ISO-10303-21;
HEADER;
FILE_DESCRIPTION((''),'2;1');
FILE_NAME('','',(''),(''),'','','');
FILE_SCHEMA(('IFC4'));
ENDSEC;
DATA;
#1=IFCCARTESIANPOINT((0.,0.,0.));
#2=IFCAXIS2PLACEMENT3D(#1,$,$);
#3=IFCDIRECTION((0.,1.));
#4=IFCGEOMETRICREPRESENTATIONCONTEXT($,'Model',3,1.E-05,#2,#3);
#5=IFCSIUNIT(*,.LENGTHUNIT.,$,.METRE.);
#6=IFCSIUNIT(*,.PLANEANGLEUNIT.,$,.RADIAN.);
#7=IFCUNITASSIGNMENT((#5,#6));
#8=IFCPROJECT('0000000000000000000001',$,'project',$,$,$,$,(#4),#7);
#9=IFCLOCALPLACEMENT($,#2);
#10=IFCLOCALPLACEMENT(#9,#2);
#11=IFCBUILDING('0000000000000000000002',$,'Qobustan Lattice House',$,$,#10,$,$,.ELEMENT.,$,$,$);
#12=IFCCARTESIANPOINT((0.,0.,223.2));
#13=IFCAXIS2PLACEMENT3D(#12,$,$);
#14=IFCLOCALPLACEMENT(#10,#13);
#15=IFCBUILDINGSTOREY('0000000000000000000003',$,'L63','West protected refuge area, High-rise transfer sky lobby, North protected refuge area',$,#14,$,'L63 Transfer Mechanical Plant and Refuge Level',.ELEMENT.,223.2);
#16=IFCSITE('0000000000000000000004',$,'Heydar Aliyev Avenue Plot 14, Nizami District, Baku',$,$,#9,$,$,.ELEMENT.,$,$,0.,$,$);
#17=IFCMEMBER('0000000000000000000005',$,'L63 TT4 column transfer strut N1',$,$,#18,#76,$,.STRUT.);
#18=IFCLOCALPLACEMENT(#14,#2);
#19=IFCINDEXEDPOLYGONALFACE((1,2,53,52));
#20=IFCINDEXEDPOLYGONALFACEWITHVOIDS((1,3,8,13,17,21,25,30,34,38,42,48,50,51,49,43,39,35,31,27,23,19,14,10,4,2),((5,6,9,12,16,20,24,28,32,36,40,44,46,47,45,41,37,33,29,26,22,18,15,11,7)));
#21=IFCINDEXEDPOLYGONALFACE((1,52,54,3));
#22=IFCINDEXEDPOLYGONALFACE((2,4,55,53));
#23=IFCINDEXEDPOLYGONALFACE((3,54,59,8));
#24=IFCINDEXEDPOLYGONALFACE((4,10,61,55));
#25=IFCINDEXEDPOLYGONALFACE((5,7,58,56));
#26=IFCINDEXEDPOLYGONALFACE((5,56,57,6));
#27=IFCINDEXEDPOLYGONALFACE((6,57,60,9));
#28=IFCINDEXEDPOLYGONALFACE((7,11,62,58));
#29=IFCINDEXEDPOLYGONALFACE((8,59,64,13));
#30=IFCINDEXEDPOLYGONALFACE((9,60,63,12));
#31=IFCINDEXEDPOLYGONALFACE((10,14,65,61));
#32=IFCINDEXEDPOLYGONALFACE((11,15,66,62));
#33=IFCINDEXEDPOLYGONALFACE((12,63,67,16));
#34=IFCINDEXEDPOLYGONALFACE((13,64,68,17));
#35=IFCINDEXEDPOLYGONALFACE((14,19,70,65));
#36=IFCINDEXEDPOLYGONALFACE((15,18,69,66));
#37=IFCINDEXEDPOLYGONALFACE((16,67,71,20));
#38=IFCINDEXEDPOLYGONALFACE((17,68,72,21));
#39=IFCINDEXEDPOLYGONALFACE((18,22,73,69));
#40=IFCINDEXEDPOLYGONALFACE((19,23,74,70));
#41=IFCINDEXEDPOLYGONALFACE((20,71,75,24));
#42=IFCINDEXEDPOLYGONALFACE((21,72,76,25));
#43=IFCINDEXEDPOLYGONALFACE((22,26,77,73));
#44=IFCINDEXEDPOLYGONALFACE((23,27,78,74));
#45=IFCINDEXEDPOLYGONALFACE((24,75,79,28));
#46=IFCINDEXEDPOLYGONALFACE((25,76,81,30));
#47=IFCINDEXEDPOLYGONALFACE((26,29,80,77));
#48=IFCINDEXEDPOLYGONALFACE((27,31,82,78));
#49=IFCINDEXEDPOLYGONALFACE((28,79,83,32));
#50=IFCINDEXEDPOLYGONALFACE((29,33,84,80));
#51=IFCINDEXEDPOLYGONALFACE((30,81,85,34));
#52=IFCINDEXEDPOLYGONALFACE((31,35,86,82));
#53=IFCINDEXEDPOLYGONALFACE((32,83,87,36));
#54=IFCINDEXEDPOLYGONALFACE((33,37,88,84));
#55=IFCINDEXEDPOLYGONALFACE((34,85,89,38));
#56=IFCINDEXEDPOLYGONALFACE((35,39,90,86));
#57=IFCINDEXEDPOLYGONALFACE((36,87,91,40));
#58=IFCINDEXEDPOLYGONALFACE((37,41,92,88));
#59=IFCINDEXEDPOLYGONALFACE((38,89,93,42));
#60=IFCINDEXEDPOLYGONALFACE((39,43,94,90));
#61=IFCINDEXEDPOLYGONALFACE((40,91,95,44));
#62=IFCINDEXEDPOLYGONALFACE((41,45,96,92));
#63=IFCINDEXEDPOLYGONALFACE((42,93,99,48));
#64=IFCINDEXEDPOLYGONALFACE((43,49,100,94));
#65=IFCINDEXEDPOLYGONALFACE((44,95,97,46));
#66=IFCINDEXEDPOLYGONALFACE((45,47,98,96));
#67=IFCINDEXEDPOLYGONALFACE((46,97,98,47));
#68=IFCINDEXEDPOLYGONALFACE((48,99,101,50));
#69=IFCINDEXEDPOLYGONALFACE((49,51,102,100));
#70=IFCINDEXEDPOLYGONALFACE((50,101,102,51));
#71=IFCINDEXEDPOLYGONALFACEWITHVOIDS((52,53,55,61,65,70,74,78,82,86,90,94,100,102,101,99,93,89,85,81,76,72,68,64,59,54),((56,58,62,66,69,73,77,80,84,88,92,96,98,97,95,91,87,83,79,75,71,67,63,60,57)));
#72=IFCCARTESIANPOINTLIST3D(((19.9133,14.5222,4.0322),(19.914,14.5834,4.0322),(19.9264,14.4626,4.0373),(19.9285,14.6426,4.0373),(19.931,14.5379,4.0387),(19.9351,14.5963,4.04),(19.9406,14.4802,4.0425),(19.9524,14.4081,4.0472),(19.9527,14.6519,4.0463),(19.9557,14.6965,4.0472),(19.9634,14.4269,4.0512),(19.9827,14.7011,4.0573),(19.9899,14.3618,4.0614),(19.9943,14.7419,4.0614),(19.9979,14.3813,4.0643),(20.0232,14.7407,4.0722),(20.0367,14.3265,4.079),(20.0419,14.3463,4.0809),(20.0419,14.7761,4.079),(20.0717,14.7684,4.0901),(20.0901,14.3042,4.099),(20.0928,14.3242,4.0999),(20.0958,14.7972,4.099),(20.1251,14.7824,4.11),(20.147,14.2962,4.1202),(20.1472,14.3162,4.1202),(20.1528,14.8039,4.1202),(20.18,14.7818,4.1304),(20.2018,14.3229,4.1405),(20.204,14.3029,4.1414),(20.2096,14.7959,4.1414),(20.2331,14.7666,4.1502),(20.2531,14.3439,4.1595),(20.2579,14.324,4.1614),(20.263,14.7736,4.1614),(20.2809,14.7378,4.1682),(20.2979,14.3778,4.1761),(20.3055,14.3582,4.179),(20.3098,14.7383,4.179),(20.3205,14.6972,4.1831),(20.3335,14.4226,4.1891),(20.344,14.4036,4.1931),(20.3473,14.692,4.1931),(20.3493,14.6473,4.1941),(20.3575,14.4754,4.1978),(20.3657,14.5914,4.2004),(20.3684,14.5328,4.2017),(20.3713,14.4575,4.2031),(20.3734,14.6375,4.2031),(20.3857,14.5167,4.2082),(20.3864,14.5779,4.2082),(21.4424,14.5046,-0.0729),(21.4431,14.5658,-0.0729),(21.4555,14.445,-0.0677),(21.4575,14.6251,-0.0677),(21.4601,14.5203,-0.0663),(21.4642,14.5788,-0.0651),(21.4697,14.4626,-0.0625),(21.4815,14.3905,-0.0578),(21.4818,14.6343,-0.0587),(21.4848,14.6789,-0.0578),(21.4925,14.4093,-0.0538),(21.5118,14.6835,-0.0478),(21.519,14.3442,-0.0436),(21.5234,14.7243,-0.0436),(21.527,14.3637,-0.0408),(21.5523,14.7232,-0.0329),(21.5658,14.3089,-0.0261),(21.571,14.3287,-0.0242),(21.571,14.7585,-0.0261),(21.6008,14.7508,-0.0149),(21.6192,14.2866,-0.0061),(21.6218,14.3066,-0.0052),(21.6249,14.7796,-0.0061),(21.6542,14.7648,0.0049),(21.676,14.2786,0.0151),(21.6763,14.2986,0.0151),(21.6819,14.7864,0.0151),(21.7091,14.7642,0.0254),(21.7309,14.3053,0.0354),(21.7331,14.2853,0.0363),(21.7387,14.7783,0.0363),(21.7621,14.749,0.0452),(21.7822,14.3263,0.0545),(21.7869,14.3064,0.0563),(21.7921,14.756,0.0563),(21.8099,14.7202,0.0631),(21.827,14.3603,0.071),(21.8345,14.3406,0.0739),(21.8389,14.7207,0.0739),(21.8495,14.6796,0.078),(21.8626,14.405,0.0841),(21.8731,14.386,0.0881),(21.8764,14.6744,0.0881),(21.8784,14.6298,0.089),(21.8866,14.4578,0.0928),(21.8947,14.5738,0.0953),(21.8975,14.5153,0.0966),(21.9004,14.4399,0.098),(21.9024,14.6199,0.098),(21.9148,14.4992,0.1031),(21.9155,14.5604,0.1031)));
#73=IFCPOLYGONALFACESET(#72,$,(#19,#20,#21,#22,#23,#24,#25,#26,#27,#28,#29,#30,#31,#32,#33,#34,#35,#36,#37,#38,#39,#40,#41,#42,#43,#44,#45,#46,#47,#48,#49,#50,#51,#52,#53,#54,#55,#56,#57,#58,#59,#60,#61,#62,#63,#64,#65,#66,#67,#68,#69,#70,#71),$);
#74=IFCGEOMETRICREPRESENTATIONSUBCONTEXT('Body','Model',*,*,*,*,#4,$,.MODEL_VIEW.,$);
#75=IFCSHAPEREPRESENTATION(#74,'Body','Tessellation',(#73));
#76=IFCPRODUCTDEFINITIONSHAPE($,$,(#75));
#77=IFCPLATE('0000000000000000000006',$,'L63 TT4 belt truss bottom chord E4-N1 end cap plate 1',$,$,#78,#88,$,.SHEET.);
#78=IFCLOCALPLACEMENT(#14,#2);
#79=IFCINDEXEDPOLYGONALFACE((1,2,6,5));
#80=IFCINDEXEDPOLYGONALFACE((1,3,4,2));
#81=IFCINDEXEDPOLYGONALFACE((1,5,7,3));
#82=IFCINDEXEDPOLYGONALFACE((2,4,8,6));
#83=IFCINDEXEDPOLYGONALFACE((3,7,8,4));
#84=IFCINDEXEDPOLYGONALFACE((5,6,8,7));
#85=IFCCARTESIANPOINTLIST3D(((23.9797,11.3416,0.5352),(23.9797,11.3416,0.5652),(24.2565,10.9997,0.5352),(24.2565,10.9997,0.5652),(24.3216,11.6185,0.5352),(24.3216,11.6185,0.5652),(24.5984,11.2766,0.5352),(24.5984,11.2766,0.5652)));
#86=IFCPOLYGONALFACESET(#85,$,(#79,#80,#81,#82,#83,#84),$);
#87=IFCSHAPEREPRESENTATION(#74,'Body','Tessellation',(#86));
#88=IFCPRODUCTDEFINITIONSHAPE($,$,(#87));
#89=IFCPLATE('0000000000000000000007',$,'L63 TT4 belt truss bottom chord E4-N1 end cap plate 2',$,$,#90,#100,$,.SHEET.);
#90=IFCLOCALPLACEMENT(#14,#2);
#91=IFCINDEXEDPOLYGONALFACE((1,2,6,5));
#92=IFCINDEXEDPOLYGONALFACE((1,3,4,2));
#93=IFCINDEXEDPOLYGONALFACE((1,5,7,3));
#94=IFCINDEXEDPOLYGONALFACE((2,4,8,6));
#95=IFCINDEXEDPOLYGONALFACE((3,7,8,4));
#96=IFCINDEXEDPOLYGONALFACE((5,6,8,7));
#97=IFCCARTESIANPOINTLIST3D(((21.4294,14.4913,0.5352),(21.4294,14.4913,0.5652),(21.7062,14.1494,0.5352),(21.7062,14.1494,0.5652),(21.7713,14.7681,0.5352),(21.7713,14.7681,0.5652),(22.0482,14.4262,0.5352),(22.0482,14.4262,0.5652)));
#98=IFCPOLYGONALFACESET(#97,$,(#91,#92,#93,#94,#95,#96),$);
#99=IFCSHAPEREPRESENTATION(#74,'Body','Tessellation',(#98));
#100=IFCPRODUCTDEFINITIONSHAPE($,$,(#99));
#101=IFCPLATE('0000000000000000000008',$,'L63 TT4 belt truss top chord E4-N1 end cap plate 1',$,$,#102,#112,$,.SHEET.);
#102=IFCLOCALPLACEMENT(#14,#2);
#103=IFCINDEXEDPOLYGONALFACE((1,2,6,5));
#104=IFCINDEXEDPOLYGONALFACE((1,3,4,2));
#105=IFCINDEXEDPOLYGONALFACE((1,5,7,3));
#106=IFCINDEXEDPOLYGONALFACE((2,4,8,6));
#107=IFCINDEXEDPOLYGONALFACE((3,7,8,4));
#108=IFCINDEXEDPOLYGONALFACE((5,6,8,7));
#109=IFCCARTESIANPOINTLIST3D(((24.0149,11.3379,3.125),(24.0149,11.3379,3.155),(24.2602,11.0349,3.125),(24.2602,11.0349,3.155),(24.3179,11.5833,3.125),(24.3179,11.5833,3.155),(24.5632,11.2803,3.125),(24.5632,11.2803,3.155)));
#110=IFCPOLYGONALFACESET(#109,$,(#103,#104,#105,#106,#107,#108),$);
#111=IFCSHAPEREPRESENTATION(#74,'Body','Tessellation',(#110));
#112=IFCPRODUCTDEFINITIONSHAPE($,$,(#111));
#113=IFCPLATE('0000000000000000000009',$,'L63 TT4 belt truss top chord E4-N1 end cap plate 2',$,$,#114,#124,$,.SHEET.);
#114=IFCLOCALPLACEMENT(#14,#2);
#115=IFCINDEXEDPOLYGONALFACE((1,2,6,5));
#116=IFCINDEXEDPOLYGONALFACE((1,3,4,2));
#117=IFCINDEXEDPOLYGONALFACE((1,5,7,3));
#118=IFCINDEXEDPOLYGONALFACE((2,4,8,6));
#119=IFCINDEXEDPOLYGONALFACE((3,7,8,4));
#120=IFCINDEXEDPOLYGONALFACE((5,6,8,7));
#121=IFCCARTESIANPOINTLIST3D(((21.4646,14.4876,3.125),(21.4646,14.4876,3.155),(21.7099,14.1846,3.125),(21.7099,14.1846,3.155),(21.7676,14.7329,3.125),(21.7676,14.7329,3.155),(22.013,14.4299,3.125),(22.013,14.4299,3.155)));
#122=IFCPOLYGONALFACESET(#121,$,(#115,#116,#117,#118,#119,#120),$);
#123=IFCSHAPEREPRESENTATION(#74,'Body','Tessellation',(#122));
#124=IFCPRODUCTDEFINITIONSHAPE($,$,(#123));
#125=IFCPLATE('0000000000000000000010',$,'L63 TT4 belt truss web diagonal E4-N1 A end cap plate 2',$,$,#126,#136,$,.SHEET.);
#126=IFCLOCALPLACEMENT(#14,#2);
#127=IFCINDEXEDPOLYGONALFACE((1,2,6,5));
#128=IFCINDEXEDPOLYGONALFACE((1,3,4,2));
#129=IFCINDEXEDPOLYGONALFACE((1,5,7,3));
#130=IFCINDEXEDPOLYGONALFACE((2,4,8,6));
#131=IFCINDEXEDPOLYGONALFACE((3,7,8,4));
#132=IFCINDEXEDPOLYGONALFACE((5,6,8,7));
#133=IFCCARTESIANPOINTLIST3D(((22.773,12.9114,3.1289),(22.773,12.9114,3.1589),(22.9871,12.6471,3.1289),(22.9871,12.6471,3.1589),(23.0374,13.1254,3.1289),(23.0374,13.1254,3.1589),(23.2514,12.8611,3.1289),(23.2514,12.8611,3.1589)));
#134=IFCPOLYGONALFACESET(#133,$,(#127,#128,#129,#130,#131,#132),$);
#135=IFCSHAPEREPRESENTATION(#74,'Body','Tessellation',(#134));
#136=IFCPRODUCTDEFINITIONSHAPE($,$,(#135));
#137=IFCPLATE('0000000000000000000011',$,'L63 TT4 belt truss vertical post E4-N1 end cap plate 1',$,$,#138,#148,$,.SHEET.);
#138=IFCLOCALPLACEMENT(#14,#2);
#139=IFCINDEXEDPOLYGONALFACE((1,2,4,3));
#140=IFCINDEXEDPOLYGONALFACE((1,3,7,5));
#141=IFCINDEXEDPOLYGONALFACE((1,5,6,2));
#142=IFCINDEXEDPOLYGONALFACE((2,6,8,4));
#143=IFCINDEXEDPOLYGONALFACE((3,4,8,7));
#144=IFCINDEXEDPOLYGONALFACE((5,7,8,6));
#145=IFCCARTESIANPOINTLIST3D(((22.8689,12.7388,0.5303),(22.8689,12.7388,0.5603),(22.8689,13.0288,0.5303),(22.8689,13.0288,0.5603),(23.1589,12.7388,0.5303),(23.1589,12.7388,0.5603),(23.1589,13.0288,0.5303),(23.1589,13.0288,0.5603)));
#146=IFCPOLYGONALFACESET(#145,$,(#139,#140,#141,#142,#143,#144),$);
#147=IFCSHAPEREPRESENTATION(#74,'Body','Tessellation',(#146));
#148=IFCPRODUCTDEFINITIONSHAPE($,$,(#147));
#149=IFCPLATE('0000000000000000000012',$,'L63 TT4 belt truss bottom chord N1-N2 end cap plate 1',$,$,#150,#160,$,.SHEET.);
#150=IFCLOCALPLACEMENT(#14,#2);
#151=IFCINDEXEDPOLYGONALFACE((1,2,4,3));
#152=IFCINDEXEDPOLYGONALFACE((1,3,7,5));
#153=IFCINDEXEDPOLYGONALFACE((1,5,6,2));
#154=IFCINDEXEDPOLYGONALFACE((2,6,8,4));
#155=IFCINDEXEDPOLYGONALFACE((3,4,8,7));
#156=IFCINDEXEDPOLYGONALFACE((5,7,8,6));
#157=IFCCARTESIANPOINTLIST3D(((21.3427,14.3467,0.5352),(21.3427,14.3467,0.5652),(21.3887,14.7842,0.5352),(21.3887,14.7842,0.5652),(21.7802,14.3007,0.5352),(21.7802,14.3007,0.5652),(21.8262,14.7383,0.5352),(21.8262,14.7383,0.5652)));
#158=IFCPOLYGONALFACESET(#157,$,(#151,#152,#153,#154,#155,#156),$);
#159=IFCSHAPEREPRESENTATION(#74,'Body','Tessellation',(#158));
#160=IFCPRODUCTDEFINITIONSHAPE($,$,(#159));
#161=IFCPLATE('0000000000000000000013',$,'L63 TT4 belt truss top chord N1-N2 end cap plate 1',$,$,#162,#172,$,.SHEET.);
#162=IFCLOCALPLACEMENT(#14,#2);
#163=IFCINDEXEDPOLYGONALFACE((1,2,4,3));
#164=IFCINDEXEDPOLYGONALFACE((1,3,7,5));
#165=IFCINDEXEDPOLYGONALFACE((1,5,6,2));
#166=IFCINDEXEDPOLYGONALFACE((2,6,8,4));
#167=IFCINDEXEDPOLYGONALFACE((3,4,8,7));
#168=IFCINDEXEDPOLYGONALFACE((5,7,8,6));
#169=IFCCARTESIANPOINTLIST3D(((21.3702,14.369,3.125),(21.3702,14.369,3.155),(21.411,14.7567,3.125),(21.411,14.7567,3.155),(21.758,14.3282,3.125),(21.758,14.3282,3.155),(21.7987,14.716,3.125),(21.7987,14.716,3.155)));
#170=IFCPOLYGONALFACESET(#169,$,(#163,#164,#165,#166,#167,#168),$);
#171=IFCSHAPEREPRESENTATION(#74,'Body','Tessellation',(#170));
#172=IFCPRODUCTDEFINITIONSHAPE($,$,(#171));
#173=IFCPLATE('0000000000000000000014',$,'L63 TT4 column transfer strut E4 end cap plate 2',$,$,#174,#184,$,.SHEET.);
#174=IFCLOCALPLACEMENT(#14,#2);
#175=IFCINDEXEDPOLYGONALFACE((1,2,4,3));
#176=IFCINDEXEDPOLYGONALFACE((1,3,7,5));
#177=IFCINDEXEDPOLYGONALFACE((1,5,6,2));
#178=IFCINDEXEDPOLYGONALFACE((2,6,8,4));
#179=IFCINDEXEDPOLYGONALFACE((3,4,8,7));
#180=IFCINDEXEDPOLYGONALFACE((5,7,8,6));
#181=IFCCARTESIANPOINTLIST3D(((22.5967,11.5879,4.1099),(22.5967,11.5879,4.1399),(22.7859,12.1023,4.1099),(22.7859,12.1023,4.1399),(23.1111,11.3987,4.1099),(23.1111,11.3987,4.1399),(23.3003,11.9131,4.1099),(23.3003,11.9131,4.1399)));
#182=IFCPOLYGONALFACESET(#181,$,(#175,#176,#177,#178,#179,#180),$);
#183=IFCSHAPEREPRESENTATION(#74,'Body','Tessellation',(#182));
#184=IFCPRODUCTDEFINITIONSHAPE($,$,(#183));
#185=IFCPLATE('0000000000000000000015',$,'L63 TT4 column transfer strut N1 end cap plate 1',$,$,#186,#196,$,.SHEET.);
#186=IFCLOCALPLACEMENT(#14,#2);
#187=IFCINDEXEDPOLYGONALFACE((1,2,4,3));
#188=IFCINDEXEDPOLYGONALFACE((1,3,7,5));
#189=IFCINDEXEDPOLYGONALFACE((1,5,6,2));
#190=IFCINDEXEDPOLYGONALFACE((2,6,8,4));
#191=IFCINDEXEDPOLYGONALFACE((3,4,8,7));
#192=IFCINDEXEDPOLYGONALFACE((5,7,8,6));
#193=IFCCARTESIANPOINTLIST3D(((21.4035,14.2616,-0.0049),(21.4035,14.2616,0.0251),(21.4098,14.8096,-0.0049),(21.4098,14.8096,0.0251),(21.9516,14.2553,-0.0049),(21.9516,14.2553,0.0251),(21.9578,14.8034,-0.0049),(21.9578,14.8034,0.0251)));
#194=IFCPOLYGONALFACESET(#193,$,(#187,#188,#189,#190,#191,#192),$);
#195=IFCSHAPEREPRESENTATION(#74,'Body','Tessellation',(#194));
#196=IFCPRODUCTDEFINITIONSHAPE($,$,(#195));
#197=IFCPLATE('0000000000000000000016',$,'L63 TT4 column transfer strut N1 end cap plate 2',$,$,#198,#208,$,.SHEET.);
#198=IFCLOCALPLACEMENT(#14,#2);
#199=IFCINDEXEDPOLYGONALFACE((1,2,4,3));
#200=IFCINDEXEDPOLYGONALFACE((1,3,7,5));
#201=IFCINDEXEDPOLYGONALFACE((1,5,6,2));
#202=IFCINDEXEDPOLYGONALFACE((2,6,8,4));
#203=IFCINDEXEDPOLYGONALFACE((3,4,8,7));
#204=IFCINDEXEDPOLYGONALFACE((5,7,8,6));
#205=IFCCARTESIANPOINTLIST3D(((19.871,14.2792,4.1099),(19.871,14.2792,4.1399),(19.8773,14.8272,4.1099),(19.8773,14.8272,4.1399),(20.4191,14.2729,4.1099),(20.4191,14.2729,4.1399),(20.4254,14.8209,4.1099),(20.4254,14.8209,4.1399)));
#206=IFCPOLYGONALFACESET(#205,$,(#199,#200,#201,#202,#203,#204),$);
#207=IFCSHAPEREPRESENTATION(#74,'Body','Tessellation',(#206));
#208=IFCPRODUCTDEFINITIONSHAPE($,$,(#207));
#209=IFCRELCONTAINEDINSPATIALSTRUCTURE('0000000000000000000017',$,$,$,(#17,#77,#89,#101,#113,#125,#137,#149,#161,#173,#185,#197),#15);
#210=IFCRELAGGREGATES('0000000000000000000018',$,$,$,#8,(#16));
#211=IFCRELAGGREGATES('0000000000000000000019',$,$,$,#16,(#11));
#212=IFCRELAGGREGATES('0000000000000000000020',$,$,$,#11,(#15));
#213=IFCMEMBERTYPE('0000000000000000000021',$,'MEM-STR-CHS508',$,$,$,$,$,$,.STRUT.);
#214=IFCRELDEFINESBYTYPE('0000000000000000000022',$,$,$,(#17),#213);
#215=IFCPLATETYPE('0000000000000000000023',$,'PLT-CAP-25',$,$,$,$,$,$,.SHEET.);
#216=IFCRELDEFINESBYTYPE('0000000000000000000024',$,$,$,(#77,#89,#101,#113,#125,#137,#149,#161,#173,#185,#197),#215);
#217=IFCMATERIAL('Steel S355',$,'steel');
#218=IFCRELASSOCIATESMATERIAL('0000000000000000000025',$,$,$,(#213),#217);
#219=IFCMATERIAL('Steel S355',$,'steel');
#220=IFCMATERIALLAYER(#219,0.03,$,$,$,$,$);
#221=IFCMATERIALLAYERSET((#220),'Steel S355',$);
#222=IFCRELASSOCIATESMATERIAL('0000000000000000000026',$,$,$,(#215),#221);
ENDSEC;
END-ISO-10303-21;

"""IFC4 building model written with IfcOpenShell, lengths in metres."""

from ifc_helpers import new_model, si_unit, direction, frame, origin, origin_2d, place, context, subcontext, project, spatial, rectangle, hollow_circle, extrude, material, layer, layer_set, material_profile, profile_set, type_object, element, save


model = new_model("IFC4")

# Units and contexts
model_context = context("Model", 3, precision=1e-05, world=origin(), true_north=direction((0.0, 1.0)))
body_context = subcontext(model_context, "Body", "Model", "MODEL_VIEW")
ifc_project = project(units=[si_unit("LENGTHUNIT", "METRE"), si_unit("PLANEANGLEUNIT", "RADIAN")], contexts=[model_context])

# Site, building, storey
site_placement = place(None, origin())
site = spatial("IfcSite", under=ifc_project, at=site_placement, Name="Heydar Aliyev Avenue Plot 14, Nizami District, Baku", CompositionType="ELEMENT", RefElevation=0.0)
building_placement = place(site_placement, origin())
building = spatial("IfcBuilding", under=site, at=building_placement, Name="Qobustan Lattice House", CompositionType="ELEMENT")
storey_placement = place(building_placement, frame((0.0, 0.0, 223.2)))
storey = spatial("IfcBuildingStorey", under=building, at=storey_placement, Name="L63", Description="West protected refuge area, High-rise transfer sky lobby, North protected refuge area", LongName="L63 Transfer Mechanical Plant and Refuge Level", CompositionType="ELEMENT", Elevation=223.2)

# Member
ifc_material_1 = material(Name="Steel S355", Category="steel")
ifc_material_profile_1 = material_profile(ifc_material_1, hollow_circle(Radius=0.2539, WallThickness=0.02, at=origin_2d()), Name="CHS508x20")
ifc_profile_set_1 = profile_set([ifc_material_profile_1], Name="Steel S355")
member_type_1 = type_object("IfcMemberType", Name="MEM-STR-CHS508", PredefinedType="STRUT", material=ifc_profile_set_1)
member_1_placement = place(storey_placement, frame((21.679, 14.5325, 0.0151), z_axis=(-0.349055, 0.004013, 0.937094), x_axis=(-0.011495, -0.999934, 0.0)))
element("IfcMember", 1, at=member_1_placement, inside=storey, type_object=member_type_1, Name="L63 TT4 column transfer strut N1", PredefinedType="STRUT", context=body_context, shape_type="SweptSolid", body=[
    extrude(hollow_circle(Radius=0.2539, WallThickness=0.02, at=origin_2d()), origin(), (0.0, 0.0, 1.0), 4.3806),
])

# Plates
ifc_material_2 = material(Name="Steel S355", Category="steel")
ifc_layer_1 = layer(ifc_material_2, 0.03)
ifc_layer_set_1 = layer_set([ifc_layer_1], Name="Steel S355")
plate_type = type_object("IfcPlateType", Name="PLT-CAP-25", PredefinedType="SHEET", material=ifc_layer_set_1)
for number, where, z_axis, x_axis, name in (
    (2, (24.2891, 11.3091, 0.5352), (0.0, 0.0, 1.0), (-0.629307, 0.777157, 0.0), "L63 TT4 belt truss bottom chord E4-N1 end cap plate 1"),
    (3, (21.7388, 14.4587, 0.5352), (0.0, 0.0, 1.0), (-0.629307, 0.777157, 0.0), "L63 TT4 belt truss bottom chord E4-N1 end cap plate 2"),
):
    element("IfcPlate", number, at=place(storey_placement, frame(where, z_axis=z_axis, x_axis=x_axis)), inside=storey, type_object=plate_type, Name=name, PredefinedType="SHEET", context=body_context, shape_type="SweptSolid", body=[
        extrude(rectangle(XDim=0.4399, YDim=0.4399, at=origin_2d()), origin(), (0.0, 0.0, 1.0), 0.03),
    ])
for number, where, z_axis, x_axis, name in (
    (4, (24.2891, 11.3091, 3.125), (0.0, 0.0, 1.0), (-0.629307, 0.777157, 0.0), "L63 TT4 belt truss top chord E4-N1 end cap plate 1"),
    (5, (21.7388, 14.4587, 3.125), (0.0, 0.0, 1.0), (-0.629307, 0.777157, 0.0), "L63 TT4 belt truss top chord E4-N1 end cap plate 2"),
):
    element("IfcPlate", number, at=place(storey_placement, frame(where, z_axis=z_axis, x_axis=x_axis)), inside=storey, type_object=plate_type, Name=name, PredefinedType="SHEET", context=body_context, shape_type="SweptSolid", body=[
        extrude(rectangle(XDim=0.3899, YDim=0.3899, at=origin_2d()), origin(), (0.0, 0.0, 1.0), 0.03),
    ])
plate_1_placement = place(storey_placement, frame((23.0122, 12.8862, 3.1289), z_axis=(0.0, 0.0, 1.0), x_axis=(-0.629293, 0.777168, 0.0)))
element("IfcPlate", 6, at=plate_1_placement, inside=storey, type_object=plate_type, Name="L63 TT4 belt truss web diagonal E4-N1 A end cap plate 2", PredefinedType="SHEET", context=body_context, shape_type="SweptSolid", body=[
    extrude(rectangle(XDim=0.3401, YDim=0.3401, at=origin_2d()), origin(), (0.0, 0.0, 1.0), 0.03),
])
plate_2_placement = place(storey_placement, frame((23.0139, 12.8838, 0.5303), z_axis=(0.0, 0.0, 1.0), x_axis=(1.0, 0.0, 0.0)))
element("IfcPlate", 7, at=plate_2_placement, inside=storey, type_object=plate_type, Name="L63 TT4 belt truss vertical post E4-N1 end cap plate 1", PredefinedType="SHEET", context=body_context, shape_type="SweptSolid", body=[
    extrude(rectangle(XDim=0.29, YDim=0.29, at=origin_2d()), origin(), (0.0, 0.0, 1.0), 0.03),
])
plate_3_placement = place(storey_placement, frame((21.5845, 14.5425, 0.5352), z_axis=(0.0, 0.0, 1.0), x_axis=(-0.994524, 0.104511, 0.0)))
element("IfcPlate", 8, at=plate_3_placement, inside=storey, type_object=plate_type, Name="L63 TT4 belt truss bottom chord N1-N2 end cap plate 1", PredefinedType="SHEET", context=body_context, shape_type="SweptSolid", body=[
    extrude(rectangle(XDim=0.4399, YDim=0.4399, at=origin_2d()), origin(), (0.0, 0.0, 1.0), 0.03),
])
plate_4_placement = place(storey_placement, frame((21.5845, 14.5425, 3.125), z_axis=(0.0, 0.0, 1.0), x_axis=(-0.994524, 0.104511, 0.0)))
element("IfcPlate", 9, at=plate_4_placement, inside=storey, type_object=plate_type, Name="L63 TT4 belt truss top chord N1-N2 end cap plate 1", PredefinedType="SHEET", context=body_context, shape_type="SweptSolid", body=[
    extrude(rectangle(XDim=0.3899, YDim=0.3899, at=origin_2d()), origin(), (0.0, 0.0, 1.0), 0.03),
])
for number, where, z_axis, x_axis, name in (
    (10, (22.9485, 11.7505, 4.1099), (0.0, 0.0, 1.0), (-0.938493, 0.345298, 0.0), "L63 TT4 column transfer strut E4 end cap plate 2"),
    (11, (21.6807, 14.5325, -0.0049), (0.0, 0.0, 1.0), (-0.999934, 0.011449, 0.0), "L63 TT4 column transfer strut N1 end cap plate 1"),
    (12, (20.1482, 14.55, 4.1099), (0.0, 0.0, 1.0), (-0.999934, 0.011449, 0.0), "L63 TT4 column transfer strut N1 end cap plate 2"),
):
    element("IfcPlate", number, at=place(storey_placement, frame(where, z_axis=z_axis, x_axis=x_axis)), inside=storey, type_object=plate_type, Name=name, PredefinedType="SHEET", context=body_context, shape_type="SweptSolid", body=[
        extrude(rectangle(XDim=0.5481, YDim=0.5481, at=origin_2d()), origin(), (0.0, 0.0, 1.0), 0.03),
    ])

save(model, "model.ifc")
